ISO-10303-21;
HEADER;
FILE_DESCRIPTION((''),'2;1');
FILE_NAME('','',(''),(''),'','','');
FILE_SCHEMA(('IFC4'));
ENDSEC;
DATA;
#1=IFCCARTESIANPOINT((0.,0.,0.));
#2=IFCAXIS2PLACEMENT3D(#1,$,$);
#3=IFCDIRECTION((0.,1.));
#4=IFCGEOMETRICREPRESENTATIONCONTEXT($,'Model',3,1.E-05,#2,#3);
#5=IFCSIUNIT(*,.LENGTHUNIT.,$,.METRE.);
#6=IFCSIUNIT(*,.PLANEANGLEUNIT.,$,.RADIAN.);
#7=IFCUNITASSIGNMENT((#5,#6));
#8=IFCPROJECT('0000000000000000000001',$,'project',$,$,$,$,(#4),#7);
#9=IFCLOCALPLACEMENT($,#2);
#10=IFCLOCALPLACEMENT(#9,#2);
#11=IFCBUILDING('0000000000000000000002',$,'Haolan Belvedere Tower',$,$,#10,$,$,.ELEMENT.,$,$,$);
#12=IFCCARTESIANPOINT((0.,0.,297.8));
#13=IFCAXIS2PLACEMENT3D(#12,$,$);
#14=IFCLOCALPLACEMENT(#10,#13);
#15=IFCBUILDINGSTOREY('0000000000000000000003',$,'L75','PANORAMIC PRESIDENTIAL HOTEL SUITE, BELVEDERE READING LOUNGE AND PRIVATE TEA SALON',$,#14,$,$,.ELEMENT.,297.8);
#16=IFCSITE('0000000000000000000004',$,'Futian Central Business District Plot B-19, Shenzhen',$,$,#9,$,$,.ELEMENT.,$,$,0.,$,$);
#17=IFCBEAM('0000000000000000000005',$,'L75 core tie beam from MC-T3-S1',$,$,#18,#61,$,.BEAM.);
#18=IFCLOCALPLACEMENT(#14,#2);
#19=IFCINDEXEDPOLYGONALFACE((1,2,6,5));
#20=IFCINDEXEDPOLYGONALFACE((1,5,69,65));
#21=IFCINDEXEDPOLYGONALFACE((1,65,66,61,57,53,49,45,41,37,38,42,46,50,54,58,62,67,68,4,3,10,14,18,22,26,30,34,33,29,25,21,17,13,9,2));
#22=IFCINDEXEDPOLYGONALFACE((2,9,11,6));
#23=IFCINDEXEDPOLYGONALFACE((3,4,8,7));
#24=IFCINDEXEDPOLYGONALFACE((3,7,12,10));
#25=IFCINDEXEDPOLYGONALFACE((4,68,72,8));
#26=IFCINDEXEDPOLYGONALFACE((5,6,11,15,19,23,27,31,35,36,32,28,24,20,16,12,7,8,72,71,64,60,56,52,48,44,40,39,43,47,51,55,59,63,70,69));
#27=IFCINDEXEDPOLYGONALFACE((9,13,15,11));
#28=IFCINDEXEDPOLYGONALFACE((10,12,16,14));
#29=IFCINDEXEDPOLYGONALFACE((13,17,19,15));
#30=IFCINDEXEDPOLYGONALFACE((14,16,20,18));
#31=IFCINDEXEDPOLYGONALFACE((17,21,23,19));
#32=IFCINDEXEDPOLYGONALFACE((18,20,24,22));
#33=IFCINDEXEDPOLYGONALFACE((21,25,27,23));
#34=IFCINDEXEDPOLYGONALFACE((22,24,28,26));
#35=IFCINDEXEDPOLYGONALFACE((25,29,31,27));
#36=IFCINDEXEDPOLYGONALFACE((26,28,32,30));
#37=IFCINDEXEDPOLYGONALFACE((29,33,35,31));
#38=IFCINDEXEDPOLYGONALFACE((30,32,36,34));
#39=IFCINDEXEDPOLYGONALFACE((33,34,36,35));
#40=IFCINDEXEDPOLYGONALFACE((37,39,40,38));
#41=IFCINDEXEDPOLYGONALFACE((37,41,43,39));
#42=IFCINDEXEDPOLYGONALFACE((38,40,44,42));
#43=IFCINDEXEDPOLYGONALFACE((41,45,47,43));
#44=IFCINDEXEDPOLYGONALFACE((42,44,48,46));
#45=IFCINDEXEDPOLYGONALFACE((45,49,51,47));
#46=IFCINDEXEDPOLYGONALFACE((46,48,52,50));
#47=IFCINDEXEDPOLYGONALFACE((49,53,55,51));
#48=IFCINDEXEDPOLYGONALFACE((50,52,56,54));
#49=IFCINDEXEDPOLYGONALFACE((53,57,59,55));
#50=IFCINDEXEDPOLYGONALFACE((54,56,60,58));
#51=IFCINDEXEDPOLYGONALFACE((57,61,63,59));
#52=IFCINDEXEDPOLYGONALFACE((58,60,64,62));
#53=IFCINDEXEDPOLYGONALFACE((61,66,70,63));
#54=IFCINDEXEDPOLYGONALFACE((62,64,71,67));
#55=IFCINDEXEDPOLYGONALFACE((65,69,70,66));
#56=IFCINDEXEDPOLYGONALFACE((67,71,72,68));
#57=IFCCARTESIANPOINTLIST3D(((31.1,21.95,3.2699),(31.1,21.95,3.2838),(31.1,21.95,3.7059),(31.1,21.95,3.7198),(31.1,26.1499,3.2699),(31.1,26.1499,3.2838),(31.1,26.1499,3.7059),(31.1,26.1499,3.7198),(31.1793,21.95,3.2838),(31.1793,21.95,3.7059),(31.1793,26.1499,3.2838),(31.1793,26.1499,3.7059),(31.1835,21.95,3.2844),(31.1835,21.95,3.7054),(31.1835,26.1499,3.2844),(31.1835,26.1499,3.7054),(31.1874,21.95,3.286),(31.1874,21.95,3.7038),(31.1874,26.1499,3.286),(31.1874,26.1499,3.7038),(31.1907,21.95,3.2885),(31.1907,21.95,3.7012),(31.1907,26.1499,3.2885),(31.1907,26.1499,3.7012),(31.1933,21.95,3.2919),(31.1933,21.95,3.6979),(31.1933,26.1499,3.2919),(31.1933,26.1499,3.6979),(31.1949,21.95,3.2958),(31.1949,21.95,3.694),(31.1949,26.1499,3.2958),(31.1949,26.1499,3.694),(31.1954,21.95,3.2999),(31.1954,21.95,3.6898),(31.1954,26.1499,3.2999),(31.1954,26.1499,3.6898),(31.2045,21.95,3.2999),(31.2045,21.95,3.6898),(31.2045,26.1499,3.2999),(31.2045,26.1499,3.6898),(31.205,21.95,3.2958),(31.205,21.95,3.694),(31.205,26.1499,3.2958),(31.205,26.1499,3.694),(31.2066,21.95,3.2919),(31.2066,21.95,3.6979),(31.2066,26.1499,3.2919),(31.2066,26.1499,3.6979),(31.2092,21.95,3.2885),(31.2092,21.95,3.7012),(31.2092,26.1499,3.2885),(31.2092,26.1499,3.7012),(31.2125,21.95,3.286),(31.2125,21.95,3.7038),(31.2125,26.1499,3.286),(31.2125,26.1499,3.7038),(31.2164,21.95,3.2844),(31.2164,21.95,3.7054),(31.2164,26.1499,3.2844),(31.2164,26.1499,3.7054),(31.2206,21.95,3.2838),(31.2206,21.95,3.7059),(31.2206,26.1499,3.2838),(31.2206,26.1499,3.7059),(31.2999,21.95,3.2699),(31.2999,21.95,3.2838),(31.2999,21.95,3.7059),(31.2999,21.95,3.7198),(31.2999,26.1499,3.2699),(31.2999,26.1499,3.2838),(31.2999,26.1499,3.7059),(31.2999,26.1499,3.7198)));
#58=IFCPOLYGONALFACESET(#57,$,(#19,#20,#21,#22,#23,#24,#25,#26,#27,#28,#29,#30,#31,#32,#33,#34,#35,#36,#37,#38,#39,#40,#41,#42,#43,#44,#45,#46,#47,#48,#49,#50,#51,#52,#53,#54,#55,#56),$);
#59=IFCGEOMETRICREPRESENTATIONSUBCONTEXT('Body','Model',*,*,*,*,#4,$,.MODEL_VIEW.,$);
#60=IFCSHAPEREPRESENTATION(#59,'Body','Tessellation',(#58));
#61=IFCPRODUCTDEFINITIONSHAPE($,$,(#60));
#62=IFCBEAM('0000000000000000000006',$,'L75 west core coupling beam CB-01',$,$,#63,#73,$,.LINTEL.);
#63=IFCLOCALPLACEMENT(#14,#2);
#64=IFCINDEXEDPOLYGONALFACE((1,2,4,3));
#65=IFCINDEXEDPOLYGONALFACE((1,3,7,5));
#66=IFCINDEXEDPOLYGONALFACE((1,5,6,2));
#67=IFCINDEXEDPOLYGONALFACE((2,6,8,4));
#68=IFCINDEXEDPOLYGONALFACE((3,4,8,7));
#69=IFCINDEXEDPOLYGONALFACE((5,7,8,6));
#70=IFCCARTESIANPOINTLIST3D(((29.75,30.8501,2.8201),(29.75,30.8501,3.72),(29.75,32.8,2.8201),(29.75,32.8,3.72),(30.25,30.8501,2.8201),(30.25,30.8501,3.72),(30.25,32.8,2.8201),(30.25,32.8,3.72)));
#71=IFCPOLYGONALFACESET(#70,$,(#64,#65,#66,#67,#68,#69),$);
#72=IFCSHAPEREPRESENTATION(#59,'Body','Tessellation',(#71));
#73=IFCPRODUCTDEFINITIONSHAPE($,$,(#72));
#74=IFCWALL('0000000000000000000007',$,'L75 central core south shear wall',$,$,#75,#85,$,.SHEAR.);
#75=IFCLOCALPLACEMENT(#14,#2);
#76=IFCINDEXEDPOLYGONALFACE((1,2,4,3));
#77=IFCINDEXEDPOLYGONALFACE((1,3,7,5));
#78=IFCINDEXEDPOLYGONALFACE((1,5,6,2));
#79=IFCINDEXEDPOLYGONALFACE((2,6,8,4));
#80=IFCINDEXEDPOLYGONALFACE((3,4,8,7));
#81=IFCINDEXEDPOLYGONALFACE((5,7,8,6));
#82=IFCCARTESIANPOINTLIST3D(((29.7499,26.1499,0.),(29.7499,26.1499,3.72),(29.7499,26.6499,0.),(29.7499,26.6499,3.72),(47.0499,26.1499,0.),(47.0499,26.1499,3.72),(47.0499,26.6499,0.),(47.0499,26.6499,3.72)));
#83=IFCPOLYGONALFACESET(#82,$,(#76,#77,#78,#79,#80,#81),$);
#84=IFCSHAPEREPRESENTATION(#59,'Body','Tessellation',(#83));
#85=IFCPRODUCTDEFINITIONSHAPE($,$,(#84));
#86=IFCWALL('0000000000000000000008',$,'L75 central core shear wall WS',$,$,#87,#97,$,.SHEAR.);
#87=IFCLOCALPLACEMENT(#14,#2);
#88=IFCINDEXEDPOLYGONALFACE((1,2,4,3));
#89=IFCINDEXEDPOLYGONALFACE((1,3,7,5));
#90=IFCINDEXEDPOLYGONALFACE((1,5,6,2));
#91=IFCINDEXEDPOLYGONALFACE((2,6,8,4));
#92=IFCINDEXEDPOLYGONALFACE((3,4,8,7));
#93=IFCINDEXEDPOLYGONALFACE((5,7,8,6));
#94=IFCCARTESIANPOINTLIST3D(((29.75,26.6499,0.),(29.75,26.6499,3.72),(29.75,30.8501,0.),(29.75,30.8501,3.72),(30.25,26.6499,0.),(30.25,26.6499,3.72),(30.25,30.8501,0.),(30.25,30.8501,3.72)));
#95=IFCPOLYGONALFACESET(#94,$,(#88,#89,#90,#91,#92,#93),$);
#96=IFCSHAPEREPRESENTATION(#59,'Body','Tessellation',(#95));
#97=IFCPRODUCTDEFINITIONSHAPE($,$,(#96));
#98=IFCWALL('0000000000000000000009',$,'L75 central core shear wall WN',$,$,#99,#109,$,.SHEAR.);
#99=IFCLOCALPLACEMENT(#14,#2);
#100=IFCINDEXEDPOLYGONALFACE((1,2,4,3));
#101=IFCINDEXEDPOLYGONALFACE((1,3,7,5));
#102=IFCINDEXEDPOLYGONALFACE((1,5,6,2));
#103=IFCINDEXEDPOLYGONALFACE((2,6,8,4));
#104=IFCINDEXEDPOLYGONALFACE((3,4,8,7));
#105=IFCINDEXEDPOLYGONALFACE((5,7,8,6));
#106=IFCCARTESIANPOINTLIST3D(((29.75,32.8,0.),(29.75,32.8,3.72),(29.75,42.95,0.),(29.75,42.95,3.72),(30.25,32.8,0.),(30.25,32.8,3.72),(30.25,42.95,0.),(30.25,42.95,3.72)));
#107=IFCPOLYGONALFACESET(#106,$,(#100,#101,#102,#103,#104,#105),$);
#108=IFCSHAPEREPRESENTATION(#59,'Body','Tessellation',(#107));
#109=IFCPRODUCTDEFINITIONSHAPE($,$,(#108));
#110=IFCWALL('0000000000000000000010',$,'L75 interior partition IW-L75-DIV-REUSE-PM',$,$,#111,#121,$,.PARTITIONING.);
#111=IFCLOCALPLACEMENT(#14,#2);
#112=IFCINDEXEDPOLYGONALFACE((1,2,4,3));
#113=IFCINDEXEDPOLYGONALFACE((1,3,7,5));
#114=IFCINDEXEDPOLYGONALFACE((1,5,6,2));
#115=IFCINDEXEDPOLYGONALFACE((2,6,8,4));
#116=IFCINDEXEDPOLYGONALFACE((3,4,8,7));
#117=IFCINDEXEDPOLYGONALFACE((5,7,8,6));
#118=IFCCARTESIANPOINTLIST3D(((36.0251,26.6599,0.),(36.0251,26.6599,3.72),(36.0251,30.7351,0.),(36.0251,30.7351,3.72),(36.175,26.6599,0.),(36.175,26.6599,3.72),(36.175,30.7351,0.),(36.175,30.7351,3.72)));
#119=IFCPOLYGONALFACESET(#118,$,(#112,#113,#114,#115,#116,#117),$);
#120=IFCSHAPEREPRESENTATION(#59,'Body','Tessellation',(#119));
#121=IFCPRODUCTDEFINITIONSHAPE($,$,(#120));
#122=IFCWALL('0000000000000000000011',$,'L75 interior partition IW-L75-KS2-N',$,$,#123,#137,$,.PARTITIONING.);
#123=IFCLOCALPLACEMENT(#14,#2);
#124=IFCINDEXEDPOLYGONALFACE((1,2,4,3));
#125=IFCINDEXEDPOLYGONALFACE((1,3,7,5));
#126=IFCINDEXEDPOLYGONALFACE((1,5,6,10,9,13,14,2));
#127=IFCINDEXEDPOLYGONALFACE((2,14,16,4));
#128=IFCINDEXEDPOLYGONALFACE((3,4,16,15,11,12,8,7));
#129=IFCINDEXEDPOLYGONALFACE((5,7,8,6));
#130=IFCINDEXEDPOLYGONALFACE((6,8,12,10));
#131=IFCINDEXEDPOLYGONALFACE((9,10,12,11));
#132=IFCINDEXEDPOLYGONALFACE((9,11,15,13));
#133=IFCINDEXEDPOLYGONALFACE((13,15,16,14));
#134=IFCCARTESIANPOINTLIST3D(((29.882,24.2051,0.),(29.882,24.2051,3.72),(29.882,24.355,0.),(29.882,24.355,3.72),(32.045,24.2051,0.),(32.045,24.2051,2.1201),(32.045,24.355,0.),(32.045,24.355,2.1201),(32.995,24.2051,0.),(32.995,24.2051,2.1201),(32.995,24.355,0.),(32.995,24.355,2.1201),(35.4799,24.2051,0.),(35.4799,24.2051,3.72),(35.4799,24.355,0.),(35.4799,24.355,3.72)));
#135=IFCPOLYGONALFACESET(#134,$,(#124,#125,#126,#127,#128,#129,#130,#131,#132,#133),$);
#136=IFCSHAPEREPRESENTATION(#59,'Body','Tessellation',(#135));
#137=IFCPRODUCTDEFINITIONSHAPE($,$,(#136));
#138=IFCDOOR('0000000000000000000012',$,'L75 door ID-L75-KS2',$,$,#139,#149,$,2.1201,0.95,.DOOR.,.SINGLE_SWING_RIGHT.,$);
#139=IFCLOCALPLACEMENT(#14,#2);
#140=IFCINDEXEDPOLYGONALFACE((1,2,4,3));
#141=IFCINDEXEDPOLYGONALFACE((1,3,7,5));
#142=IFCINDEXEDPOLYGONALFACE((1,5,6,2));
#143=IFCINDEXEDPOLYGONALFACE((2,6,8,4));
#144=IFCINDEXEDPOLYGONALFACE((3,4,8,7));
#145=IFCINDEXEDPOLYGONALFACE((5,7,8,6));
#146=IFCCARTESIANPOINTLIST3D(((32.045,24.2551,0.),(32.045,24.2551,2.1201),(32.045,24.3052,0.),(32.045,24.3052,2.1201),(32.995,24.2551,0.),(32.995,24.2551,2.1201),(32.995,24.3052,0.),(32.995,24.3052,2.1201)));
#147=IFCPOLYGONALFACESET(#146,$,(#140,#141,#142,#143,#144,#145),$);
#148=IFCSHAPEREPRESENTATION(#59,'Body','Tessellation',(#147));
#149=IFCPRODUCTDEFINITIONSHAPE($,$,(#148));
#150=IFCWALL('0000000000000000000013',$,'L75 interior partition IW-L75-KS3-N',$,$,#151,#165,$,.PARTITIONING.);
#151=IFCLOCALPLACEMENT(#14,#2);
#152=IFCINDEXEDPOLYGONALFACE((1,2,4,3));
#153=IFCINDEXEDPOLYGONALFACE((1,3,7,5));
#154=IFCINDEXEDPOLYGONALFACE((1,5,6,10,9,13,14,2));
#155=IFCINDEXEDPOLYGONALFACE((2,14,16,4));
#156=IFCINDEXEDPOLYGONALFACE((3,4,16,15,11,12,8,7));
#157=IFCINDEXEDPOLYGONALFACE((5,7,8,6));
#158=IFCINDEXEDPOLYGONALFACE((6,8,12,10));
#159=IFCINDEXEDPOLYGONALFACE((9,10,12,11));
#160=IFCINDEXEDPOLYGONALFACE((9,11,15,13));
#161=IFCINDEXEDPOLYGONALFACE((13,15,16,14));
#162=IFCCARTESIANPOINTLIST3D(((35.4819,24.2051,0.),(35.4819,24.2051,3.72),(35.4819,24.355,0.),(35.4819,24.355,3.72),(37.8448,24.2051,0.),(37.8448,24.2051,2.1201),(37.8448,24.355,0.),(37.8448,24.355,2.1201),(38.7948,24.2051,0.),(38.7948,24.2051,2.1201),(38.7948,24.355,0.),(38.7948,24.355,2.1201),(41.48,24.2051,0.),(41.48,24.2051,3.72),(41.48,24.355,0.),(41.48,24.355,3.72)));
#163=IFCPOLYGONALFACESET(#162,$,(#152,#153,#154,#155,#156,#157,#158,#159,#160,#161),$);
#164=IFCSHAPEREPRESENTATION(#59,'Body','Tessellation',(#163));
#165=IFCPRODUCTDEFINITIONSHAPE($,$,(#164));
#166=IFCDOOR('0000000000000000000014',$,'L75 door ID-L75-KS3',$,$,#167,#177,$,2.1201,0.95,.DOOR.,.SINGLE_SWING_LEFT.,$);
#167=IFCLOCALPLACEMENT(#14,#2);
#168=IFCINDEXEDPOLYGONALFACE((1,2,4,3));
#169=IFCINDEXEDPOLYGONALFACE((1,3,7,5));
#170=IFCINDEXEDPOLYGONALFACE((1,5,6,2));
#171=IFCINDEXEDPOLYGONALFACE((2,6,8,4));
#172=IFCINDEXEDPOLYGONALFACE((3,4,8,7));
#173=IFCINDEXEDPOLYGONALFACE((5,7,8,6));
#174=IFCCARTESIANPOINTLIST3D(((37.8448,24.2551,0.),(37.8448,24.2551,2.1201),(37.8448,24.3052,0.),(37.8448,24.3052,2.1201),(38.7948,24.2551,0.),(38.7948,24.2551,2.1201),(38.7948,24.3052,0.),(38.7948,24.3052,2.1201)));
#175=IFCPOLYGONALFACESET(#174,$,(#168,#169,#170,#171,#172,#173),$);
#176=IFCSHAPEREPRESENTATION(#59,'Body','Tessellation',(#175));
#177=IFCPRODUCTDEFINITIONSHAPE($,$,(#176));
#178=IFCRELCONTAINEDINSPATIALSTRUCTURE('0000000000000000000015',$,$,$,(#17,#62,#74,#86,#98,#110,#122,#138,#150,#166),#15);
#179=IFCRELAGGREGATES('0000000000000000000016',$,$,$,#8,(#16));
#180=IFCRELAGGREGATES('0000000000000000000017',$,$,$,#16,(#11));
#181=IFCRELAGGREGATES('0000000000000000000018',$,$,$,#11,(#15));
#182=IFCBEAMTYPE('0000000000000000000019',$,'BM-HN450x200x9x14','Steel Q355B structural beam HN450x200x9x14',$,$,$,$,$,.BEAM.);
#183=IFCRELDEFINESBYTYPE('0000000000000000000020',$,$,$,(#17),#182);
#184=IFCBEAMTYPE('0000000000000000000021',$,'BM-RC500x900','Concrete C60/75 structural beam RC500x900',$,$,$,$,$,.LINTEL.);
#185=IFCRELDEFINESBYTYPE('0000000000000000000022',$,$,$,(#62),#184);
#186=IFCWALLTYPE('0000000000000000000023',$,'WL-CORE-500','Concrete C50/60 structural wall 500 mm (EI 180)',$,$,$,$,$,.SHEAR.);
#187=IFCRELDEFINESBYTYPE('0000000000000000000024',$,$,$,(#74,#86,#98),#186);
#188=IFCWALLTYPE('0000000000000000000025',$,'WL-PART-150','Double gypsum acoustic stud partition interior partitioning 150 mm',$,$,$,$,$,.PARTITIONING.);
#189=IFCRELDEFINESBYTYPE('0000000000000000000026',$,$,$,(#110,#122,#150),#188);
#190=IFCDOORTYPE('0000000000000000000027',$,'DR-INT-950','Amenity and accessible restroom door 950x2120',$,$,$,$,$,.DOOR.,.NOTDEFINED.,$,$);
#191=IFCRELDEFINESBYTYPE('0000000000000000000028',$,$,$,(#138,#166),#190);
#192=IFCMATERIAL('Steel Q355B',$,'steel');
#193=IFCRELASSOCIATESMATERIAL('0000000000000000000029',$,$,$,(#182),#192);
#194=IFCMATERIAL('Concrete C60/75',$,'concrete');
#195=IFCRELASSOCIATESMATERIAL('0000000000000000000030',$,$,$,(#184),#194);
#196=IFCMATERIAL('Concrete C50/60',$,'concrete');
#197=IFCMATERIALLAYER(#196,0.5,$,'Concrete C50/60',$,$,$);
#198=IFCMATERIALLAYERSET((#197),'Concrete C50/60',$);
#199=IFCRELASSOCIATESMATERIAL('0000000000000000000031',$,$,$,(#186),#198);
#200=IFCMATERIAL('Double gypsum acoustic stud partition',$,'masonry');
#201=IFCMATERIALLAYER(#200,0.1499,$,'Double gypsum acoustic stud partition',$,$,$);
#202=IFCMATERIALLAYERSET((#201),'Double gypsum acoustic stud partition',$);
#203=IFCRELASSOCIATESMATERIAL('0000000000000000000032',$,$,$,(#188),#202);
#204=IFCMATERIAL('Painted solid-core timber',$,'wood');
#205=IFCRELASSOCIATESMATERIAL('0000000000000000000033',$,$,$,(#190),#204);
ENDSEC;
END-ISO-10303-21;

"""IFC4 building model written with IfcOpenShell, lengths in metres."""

from ifc_helpers import new_model, si_unit, direction, frame, frame_2d, origin, origin_2d, place, context, subcontext, project, spatial, rectangle, i_section, extrude, material, layer, layer_set, material_profile, profile_set, type_object, element, fill, save


model = new_model("IFC4")

# Units and contexts
model_context = context("Model", 3, precision=1e-05, world=origin(), true_north=direction((0.0, 1.0)))
body_context = subcontext(model_context, "Body", "Model", "MODEL_VIEW")
ifc_project = project(units=[si_unit("LENGTHUNIT", "METRE"), si_unit("PLANEANGLEUNIT", "RADIAN")], contexts=[model_context])

# Site, building, storey
site_placement = place(None, origin())
site = spatial("IfcSite", under=ifc_project, at=site_placement, Name="Futian Central Business District Plot B-19, Shenzhen", CompositionType="ELEMENT", RefElevation=0.0)
building_placement = place(site_placement, origin())
building = spatial("IfcBuilding", under=site, at=building_placement, Name="Haolan Belvedere Tower", CompositionType="ELEMENT")
storey_placement = place(building_placement, frame((0.0, 0.0, 297.8)))
storey = spatial("IfcBuildingStorey", under=building, at=storey_placement, Name="L75", Description="PANORAMIC PRESIDENTIAL HOTEL SUITE, BELVEDERE READING LOUNGE AND PRIVATE TEA SALON", CompositionType="ELEMENT", Elevation=297.8)

# Beams
ifc_material_1 = material(Name="Steel Q355B", Category="steel")
ifc_material_profile_1 = material_profile(ifc_material_1, i_section(OverallWidth=0.2, OverallDepth=0.45, WebThickness=0.009, FlangeThickness=0.0139, FilletRadius=0.0161, at=origin_2d()), Name="Steel Q355B")
ifc_profile_set_1 = profile_set([ifc_material_profile_1], Name="Steel Q355B")
beam_type_1 = type_object("IfcBeamType", Name="BM-HN450x200x9x14", Description="Steel Q355B structural beam HN450x200x9x14", PredefinedType="BEAM", material=ifc_profile_set_1)
beam_1_placement = place(storey_placement, frame((31.2, 21.95, 3.4949), z_axis=(0.0, 1.0, 0.0), x_axis=(-1.0, 0.0, 0.0)))
element("IfcBeam", 1, at=beam_1_placement, inside=storey, type_object=beam_type_1, Name="L75 core tie beam from MC-T3-S1", PredefinedType="BEAM", context=body_context, shape_type="SweptSolid", body=[
    extrude(i_section(OverallWidth=0.2, OverallDepth=0.45, WebThickness=0.009, FlangeThickness=0.0139, FilletRadius=0.0161, at=origin_2d()), origin(), (0.0, 0.0, 1.0), 4.2),
])
ifc_material_2 = material(Name="Concrete C60/75", Category="concrete")
ifc_material_profile_2 = material_profile(ifc_material_2, rectangle(XDim=0.5, YDim=0.8999, at=origin_2d()), Name="Concrete C60/75")
ifc_profile_set_2 = profile_set([ifc_material_profile_2], Name="Concrete C60/75")
beam_type_2 = type_object("IfcBeamType", Name="BM-RC500x900", Description="Concrete C60/75 structural beam RC500x900", PredefinedType="LINTEL", material=ifc_profile_set_2)
beam_2_placement = place(storey_placement, frame((30.0, 30.8501, 3.27), z_axis=(0.0, 1.0, 0.0), x_axis=(-1.0, 0.0, 0.0)))
element("IfcBeam", 2, at=beam_2_placement, inside=storey, type_object=beam_type_2, Name="L75 west core coupling beam CB-01", PredefinedType="LINTEL", context=body_context, shape_type="SweptSolid", body=[
    extrude(rectangle(XDim=0.5, YDim=0.8999, at=origin_2d()), origin(), (0.0, 0.0, 1.0), 1.95),
])

# Walls
ifc_material_3 = material(Name="Concrete C50/60", Category="concrete")
ifc_layer_1 = layer(ifc_material_3, 0.5, Name="Concrete C50/60")
ifc_layer_set_1 = layer_set([ifc_layer_1], Name="Concrete C50/60")
wall_type_1 = type_object("IfcWallType", Name="WL-CORE-500", Description="Concrete C50/60 structural wall 500 mm (EI 180)", PredefinedType="SHEAR", material=ifc_layer_set_1)
wall_1_placement = place(storey_placement, frame((29.75, 26.3999, 0.0), z_axis=(0.0, 0.0, 1.0), x_axis=(1.0, 0.0, 0.0)))
element("IfcWall", 3, at=wall_1_placement, inside=storey, type_object=wall_type_1, Name="L75 central core south shear wall", PredefinedType="SHEAR", context=body_context, shape_type="SweptSolid", body=[
    extrude(rectangle(XDim=17.3, YDim=0.5, at=frame_2d((8.6499, 0.0))), origin(), (0.0, 0.0, 1.0), 3.72),
])
wall_2_placement = place(storey_placement, frame((30.0, 26.6499, 0.0), z_axis=(0.0, 0.0, 1.0), x_axis=(0.0, 1.0, 0.0)))
element("IfcWall", 4, at=wall_2_placement, inside=storey, type_object=wall_type_1, Name="L75 central core shear wall WS", PredefinedType="SHEAR", context=body_context, shape_type="SweptSolid", body=[
    extrude(rectangle(XDim=4.2002, YDim=0.5, at=frame_2d((2.1001, 0.0))), origin(), (0.0, 0.0, 1.0), 3.72),
])
wall_3_placement = place(storey_placement, frame((30.0, 32.8, 0.0), z_axis=(0.0, 0.0, 1.0), x_axis=(0.0, 1.0, 0.0)))
element("IfcWall", 5, at=wall_3_placement, inside=storey, type_object=wall_type_1, Name="L75 central core shear wall WN", PredefinedType="SHEAR", context=body_context, shape_type="SweptSolid", body=[
    extrude(rectangle(XDim=10.1499, YDim=0.5, at=frame_2d((5.075, 0.0))), origin(), (0.0, 0.0, 1.0), 3.72),
])
ifc_material_4 = material(Name="Double gypsum acoustic stud partition", Category="masonry")
ifc_layer_2 = layer(ifc_material_4, 0.1499, Name="Double gypsum acoustic stud partition")
ifc_layer_set_2 = layer_set([ifc_layer_2], Name="Double gypsum acoustic stud partition")
wall_type_2 = type_object("IfcWallType", Name="WL-PART-150", Description="Double gypsum acoustic stud partition interior partitioning 150 mm", PredefinedType="PARTITIONING", material=ifc_layer_set_2)
wall_4_placement = place(storey_placement, frame((36.1001, 26.6599, 0.0), z_axis=(0.0, 0.0, 1.0), x_axis=(0.0, 1.0, 0.0)))
element("IfcWall", 6, at=wall_4_placement, inside=storey, type_object=wall_type_2, Name="L75 interior partition IW-L75-DIV-REUSE-PM", PredefinedType="PARTITIONING", context=body_context, shape_type="SweptSolid", body=[
    extrude(rectangle(XDim=4.0752, YDim=0.1499, at=frame_2d((2.0376, 0.0))), origin(), (0.0, 0.0, 1.0), 3.72),
])

# Walls, openings, doors
wall_5_placement = place(storey_placement, frame((29.8821, 24.28, 0.0), z_axis=(0.0, 0.0, 1.0), x_axis=(1.0, 0.0, 0.0)))
wall_5 = element("IfcWall", 7, at=wall_5_placement, inside=storey, type_object=wall_type_2, Name="L75 interior partition IW-L75-KS2-N", PredefinedType="PARTITIONING", context=body_context, shape_type="SweptSolid", body=[
    extrude(rectangle(XDim=5.5979, YDim=0.1499, at=frame_2d((2.7988, 0.0))), origin(), (0.0, 0.0, 1.0), 3.72),
])
opening_1_placement = place(wall_5_placement, frame((3.113, 0.0, 0.0), z_axis=(0.0, 0.0, 1.0), x_axis=(-1.0, 0.0, 0.0)))
opening_1 = element("IfcOpeningElement", 8, at=opening_1_placement, cuts=wall_5, PredefinedType="OPENING", context=body_context, shape_type="SweptSolid", body=[
    extrude(rectangle(XDim=0.95, YDim=2.1201, at=frame_2d((0.4751, 1.0601))), frame((0.0, 0.085, 0.0), z_axis=(0.0, -1.0, 0.0), x_axis=(1.0, 0.0, 0.0)), (0.0, 0.0, 1.0), 0.1699),
])
ifc_material_5 = material(Name="Painted solid-core timber", Category="wood")
door_type_1 = type_object("IfcDoorType", Name="DR-INT-950", Description="Amenity and accessible restroom door 950x2120", OperationType="NOTDEFINED", PredefinedType="DOOR", material=ifc_material_5)
door_1_placement = place(opening_1_placement, origin())
door_1 = element("IfcDoor", 9, at=door_1_placement, inside=storey, type_object=door_type_1, Name="L75 door ID-L75-KS2", OperationType="SINGLE_SWING_RIGHT", OverallHeight=2.1201, OverallWidth=0.95, PredefinedType="DOOR", context=body_context, shape_type="SweptSolid", body=[
    extrude(rectangle(XDim=0.95, YDim=2.1201, at=frame_2d((0.4751, 1.0601))), frame((0.0, 0.0249, 0.0), z_axis=(0.0, -1.0, 0.0), x_axis=(1.0, 0.0, 0.0)), (0.0, 0.0, 1.0), 0.05),
])
fill(opening_1, door_1)
wall_6_placement = place(storey_placement, frame((35.4819, 24.28, 0.0), z_axis=(0.0, 0.0, 1.0), x_axis=(1.0, 0.0, 0.0)))
wall_6 = element("IfcWall", 10, at=wall_6_placement, inside=storey, type_object=wall_type_2, Name="L75 interior partition IW-L75-KS3-N", PredefinedType="PARTITIONING", context=body_context, shape_type="SweptSolid", body=[
    extrude(rectangle(XDim=5.998, YDim=0.1499, at=frame_2d((2.999, 0.0))), origin(), (0.0, 0.0, 1.0), 3.72),
])
opening_2_placement = place(wall_6_placement, frame((3.313, 0.0, 0.0), z_axis=(0.0, 0.0, 1.0), x_axis=(-1.0, 0.0, 0.0)))
opening_2 = element("IfcOpeningElement", 11, at=opening_2_placement, cuts=wall_6, PredefinedType="OPENING", context=body_context, shape_type="SweptSolid", body=[
    extrude(rectangle(XDim=0.95, YDim=2.1201, at=frame_2d((0.4751, 1.0601))), frame((0.0, 0.085, 0.0), z_axis=(0.0, -1.0, 0.0), x_axis=(1.0, 0.0, 0.0)), (0.0, 0.0, 1.0), 0.1699),
])
door_2_placement = place(opening_2_placement, origin())
door_2 = element("IfcDoor", 12, at=door_2_placement, inside=storey, type_object=door_type_1, Name="L75 door ID-L75-KS3", OperationType="SINGLE_SWING_LEFT", OverallHeight=2.1201, OverallWidth=0.95, PredefinedType="DOOR", context=body_context, shape_type="SweptSolid", body=[
    extrude(rectangle(XDim=0.95, YDim=2.1201, at=frame_2d((0.4751, 1.0601))), frame((0.0, 0.0249, 0.0), z_axis=(0.0, -1.0, 0.0), x_axis=(1.0, 0.0, 0.0)), (0.0, 0.0, 1.0), 0.05),
])
fill(opening_2, door_2)

save(model, "model.ifc")
